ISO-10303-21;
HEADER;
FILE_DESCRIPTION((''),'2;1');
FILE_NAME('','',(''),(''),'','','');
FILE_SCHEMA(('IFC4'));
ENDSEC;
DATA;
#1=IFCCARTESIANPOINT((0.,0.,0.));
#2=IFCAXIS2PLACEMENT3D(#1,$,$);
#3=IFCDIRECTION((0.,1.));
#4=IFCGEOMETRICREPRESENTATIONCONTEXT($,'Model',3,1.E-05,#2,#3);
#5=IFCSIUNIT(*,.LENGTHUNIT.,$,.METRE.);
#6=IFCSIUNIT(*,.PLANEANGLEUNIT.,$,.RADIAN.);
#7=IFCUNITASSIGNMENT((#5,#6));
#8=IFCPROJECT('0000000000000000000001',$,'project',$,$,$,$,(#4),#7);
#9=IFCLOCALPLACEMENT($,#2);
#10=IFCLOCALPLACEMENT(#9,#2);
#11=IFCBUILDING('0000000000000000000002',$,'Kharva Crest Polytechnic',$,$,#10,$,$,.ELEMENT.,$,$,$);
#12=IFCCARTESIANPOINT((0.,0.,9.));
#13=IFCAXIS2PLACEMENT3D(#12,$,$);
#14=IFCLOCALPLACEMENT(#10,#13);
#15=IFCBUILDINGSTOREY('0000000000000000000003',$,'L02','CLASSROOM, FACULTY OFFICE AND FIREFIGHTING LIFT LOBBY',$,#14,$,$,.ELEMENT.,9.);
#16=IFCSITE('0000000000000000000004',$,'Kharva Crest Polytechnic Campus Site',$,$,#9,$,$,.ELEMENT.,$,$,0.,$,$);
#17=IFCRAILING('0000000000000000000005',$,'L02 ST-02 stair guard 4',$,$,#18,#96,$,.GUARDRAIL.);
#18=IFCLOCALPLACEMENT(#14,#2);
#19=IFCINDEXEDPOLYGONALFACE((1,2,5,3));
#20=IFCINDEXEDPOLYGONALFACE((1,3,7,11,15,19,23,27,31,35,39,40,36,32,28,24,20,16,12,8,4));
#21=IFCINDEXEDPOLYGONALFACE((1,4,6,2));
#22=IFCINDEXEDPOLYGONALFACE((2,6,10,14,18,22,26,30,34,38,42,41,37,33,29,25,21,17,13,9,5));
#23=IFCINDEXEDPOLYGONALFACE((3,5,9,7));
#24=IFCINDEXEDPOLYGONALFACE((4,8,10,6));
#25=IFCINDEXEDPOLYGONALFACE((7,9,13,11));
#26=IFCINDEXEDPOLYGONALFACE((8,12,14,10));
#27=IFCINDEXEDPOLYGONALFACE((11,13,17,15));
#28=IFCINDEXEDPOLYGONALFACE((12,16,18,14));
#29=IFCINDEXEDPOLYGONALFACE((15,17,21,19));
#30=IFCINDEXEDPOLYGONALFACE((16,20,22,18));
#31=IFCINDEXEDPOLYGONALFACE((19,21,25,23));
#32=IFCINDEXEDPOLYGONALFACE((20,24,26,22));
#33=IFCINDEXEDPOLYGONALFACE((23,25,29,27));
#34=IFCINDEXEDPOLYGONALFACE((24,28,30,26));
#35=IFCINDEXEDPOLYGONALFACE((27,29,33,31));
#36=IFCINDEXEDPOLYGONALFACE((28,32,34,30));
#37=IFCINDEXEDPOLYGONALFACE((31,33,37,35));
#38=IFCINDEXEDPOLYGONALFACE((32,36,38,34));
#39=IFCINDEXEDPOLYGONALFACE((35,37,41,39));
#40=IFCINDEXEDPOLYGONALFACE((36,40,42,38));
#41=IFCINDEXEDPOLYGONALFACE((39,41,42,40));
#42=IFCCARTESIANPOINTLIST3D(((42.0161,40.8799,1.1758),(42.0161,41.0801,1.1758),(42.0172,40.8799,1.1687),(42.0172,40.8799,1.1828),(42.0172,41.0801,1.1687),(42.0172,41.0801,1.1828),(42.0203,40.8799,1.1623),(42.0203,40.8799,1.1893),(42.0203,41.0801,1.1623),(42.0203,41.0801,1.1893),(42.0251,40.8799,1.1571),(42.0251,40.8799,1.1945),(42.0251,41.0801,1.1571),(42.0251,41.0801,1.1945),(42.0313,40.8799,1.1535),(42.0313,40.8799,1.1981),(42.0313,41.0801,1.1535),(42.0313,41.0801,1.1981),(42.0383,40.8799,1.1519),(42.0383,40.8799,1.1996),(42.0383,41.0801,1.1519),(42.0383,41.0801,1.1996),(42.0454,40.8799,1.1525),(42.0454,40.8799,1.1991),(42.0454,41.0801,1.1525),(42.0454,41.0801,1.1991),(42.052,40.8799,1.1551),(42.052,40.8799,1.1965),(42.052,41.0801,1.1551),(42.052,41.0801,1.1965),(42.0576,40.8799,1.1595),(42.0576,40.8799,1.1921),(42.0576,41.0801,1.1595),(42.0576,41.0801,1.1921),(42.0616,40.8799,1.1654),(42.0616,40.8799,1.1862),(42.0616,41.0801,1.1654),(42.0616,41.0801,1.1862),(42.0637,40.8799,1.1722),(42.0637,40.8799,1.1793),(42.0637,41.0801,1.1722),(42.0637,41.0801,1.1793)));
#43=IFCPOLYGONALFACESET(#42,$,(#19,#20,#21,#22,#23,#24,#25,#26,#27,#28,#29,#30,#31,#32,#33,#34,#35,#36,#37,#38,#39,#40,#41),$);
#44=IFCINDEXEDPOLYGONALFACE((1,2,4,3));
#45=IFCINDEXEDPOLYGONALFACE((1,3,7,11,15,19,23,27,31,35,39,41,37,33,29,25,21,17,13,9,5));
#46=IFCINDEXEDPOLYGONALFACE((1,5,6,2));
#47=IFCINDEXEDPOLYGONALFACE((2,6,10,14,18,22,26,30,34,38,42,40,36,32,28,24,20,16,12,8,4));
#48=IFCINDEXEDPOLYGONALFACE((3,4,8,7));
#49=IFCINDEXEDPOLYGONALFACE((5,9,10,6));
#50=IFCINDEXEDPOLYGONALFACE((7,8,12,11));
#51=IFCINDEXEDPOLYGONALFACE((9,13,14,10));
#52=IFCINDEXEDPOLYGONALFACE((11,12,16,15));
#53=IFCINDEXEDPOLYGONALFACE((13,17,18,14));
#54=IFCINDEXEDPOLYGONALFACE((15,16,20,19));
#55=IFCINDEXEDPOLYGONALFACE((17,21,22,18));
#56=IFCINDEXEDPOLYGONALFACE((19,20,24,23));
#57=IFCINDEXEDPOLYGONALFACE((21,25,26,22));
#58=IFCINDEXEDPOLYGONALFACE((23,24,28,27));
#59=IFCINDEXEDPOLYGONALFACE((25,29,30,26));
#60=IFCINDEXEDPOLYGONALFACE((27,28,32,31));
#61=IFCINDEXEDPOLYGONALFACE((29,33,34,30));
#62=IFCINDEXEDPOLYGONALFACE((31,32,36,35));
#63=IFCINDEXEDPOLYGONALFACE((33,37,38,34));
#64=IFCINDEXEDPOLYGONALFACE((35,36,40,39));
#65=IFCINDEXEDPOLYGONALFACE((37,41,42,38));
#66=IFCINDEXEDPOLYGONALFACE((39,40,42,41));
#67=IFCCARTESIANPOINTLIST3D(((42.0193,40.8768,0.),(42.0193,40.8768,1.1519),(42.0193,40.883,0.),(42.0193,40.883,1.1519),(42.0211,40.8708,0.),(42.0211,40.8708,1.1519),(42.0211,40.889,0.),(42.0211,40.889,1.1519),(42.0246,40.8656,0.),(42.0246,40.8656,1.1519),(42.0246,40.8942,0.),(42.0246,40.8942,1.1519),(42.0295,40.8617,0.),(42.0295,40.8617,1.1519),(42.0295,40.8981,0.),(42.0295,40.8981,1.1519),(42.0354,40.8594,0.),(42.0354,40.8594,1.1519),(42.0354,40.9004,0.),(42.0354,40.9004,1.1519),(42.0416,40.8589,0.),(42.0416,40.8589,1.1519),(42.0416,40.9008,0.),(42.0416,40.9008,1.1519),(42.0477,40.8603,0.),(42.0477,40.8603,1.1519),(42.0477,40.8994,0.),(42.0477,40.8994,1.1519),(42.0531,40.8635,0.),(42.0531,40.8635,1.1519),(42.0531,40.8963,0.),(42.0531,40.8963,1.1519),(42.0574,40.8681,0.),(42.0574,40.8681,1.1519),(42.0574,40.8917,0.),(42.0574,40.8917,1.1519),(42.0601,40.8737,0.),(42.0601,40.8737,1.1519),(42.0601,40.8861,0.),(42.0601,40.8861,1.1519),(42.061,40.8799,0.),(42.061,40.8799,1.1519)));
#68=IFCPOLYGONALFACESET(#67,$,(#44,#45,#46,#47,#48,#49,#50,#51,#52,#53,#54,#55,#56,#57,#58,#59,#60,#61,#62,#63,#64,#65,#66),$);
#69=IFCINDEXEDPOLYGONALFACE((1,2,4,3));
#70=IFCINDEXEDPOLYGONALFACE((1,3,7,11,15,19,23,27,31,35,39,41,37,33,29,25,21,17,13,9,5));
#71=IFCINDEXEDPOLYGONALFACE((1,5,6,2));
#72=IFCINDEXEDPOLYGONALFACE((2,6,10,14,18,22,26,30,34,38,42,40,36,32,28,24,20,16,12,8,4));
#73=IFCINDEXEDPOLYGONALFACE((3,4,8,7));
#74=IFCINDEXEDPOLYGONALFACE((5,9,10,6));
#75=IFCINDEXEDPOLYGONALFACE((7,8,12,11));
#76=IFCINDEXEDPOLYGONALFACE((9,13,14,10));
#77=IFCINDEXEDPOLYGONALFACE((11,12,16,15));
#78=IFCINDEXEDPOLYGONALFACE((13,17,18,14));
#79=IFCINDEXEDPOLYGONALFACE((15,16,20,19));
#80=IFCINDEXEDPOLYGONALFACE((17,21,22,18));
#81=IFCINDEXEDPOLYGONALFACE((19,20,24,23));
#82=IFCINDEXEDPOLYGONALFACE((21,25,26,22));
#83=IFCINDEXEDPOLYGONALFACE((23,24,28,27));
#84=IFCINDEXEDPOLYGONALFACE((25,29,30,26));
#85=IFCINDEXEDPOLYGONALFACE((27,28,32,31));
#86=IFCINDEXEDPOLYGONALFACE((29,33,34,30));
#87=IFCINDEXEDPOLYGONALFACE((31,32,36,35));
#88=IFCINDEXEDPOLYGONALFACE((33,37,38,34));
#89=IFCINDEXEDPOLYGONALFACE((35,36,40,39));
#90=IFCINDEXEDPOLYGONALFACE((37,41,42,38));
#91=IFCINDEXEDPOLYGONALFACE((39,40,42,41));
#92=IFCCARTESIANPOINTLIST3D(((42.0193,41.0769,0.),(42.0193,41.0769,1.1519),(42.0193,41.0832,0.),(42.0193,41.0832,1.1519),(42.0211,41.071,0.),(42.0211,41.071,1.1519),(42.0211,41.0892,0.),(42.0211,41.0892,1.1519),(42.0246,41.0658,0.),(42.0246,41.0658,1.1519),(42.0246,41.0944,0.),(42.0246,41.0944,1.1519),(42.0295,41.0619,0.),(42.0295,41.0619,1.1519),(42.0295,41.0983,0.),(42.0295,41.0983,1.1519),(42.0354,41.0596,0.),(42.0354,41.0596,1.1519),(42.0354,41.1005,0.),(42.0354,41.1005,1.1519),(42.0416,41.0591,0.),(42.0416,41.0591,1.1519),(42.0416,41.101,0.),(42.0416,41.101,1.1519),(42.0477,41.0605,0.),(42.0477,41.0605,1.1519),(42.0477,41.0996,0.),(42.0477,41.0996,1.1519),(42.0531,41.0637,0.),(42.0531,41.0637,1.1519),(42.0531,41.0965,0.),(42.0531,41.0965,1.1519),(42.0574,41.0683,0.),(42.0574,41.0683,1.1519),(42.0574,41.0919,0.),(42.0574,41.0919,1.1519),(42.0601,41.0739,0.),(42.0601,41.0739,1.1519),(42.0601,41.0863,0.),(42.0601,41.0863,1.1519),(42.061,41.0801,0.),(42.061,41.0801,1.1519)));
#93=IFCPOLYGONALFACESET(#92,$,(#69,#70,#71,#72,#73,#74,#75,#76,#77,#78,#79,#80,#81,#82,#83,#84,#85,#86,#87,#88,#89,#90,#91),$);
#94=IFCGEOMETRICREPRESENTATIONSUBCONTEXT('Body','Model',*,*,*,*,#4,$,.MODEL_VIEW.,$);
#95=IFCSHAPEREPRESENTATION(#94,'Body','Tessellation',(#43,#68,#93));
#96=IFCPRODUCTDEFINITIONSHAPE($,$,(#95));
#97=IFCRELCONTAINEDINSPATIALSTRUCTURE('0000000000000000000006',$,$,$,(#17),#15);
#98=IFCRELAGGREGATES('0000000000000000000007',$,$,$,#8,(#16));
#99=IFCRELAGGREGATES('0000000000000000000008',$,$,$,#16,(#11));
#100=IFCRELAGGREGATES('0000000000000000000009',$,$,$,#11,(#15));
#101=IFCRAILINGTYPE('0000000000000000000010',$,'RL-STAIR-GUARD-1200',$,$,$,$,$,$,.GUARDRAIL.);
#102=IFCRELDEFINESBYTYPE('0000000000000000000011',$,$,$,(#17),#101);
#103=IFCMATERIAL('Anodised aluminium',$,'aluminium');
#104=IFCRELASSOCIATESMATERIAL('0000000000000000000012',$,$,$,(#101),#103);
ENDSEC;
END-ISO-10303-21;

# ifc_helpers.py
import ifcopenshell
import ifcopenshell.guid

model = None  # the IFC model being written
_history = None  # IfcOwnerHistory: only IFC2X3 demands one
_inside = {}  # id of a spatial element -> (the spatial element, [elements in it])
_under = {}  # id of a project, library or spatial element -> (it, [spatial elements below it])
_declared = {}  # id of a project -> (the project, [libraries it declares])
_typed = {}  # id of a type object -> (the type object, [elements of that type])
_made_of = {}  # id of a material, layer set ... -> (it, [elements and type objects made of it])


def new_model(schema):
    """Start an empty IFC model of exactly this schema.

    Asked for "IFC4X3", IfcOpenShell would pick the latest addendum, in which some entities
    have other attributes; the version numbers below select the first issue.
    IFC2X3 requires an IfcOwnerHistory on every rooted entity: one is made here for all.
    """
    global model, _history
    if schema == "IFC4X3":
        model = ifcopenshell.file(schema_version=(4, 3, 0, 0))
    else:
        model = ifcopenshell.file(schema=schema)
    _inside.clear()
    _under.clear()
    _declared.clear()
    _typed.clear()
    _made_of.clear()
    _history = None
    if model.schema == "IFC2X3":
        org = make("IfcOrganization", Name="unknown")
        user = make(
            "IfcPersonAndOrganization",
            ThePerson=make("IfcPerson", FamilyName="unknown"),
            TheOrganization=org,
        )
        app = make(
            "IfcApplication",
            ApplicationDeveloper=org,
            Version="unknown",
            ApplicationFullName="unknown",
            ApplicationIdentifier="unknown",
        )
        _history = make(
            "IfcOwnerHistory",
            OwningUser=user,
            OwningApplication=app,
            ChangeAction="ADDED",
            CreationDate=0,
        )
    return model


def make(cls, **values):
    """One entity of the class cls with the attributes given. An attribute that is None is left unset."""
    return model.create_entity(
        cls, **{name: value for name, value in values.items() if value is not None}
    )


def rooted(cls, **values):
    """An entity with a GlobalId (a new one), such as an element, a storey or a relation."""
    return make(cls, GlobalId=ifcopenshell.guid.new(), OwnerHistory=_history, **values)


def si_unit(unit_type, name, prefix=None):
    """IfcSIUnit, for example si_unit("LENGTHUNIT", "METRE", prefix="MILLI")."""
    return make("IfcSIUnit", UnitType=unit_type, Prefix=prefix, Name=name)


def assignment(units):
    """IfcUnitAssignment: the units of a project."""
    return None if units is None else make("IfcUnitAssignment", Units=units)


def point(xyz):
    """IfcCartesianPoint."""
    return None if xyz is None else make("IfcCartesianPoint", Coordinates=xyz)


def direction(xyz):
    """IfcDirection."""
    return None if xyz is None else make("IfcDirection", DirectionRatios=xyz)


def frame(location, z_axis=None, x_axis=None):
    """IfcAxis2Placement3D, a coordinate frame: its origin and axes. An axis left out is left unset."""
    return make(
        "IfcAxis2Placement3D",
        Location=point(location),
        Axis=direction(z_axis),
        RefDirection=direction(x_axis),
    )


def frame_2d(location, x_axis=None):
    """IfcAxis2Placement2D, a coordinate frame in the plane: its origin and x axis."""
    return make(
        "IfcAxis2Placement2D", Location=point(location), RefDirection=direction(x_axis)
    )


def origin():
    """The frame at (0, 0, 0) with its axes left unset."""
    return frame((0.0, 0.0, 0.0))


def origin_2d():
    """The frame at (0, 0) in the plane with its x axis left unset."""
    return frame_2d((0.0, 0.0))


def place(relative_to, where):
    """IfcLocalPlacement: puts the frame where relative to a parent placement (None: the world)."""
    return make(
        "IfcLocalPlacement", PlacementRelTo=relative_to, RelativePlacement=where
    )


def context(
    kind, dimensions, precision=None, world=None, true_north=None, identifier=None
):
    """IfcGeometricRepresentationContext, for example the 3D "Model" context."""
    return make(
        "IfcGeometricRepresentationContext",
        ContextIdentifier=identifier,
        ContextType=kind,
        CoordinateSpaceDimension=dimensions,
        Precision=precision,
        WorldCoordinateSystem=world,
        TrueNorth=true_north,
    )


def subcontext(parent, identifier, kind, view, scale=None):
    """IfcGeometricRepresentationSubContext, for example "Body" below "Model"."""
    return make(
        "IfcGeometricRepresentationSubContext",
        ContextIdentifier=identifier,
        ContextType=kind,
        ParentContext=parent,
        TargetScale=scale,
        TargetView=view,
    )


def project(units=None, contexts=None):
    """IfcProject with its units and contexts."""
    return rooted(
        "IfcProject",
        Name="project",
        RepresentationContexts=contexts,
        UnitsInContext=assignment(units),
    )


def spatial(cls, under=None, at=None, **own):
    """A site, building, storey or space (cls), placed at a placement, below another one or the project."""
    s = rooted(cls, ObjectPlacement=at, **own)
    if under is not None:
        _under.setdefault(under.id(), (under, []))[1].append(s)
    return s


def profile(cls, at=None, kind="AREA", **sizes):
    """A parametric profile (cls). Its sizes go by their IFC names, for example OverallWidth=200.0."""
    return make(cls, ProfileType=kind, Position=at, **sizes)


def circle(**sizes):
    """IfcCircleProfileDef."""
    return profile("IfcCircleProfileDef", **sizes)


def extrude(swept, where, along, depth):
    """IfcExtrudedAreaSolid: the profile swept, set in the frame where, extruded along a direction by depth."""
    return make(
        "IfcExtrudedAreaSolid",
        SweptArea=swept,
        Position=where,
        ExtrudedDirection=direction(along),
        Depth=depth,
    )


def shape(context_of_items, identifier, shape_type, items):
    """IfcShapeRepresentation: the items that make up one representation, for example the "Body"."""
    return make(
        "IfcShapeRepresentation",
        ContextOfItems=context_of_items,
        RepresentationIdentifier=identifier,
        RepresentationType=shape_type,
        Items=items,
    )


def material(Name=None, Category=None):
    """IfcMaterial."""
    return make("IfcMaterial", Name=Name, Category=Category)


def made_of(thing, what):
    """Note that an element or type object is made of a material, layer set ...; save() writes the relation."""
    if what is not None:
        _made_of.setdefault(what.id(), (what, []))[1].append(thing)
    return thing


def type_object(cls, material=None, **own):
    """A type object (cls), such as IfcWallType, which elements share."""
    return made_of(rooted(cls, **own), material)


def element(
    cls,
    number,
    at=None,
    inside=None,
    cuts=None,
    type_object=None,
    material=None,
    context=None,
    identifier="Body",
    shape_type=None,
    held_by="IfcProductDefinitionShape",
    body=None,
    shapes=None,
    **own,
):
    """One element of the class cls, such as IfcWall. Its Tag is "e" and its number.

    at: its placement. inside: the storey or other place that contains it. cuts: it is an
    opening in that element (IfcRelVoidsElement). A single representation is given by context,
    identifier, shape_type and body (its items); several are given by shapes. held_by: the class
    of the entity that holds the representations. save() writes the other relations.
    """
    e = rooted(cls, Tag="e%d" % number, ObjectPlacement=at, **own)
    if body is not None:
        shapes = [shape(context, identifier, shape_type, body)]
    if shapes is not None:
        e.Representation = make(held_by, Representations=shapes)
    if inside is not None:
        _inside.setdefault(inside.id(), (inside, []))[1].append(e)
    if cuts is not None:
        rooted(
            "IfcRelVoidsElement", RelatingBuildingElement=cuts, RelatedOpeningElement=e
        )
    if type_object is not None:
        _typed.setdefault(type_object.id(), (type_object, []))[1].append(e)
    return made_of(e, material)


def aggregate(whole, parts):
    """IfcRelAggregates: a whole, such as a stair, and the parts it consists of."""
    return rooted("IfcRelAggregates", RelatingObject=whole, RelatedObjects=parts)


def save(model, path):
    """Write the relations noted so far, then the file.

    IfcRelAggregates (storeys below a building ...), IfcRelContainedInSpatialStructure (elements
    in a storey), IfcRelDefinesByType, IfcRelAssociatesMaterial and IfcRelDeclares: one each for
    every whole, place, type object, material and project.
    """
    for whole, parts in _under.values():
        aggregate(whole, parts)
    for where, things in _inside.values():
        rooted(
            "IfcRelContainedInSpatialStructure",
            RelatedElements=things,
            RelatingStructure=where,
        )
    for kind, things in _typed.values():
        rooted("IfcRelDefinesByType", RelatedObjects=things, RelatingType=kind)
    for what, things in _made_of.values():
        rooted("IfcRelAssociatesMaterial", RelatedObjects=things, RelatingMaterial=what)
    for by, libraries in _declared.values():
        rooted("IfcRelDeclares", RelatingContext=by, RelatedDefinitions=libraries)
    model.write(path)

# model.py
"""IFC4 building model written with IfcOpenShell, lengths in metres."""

from ifc_helpers import new_model, si_unit, direction, frame, origin, origin_2d, place, context, subcontext, project, spatial, circle, extrude, material, type_object, element, save


model = new_model("IFC4")

# Units and contexts
model_context = context("Model", 3, precision=1e-05, world=origin(), true_north=direction((0.0, 1.0)))
body_context = subcontext(model_context, "Body", "Model", "MODEL_VIEW")
ifc_project = project(units=[si_unit("LENGTHUNIT", "METRE"), si_unit("PLANEANGLEUNIT", "RADIAN")], contexts=[model_context])

# Site, building, storey
site_placement = place(None, origin())
site = spatial("IfcSite", under=ifc_project, at=site_placement, Name="Kharva Crest Polytechnic Campus Site", CompositionType="ELEMENT", RefElevation=0.0)
building_placement = place(site_placement, origin())
building = spatial("IfcBuilding", under=site, at=building_placement, Name="Kharva Crest Polytechnic", CompositionType="ELEMENT")
storey_placement = place(building_placement, frame((0.0, 0.0, 9.0)))
storey = spatial("IfcBuildingStorey", under=building, at=storey_placement, Name="L02", Description="CLASSROOM, FACULTY OFFICE AND FIREFIGHTING LIFT LOBBY", CompositionType="ELEMENT", Elevation=9.0)

# Shared definitions
ifc_material_1 = material(Name="Anodised aluminium", Category="aluminium")

# Railing
railing_type_1 = type_object("IfcRailingType", Name="RL-STAIR-GUARD-1200", PredefinedType="GUARDRAIL", material=ifc_material_1)
railing_1_placement = place(storey_placement, frame((42.04, 40.8799, 0.0)))
element("IfcRailing", 1, at=railing_1_placement, inside=storey, type_object=railing_type_1, Name="L02 ST-02 stair guard 4", PredefinedType="GUARDRAIL", context=body_context, shape_type="SweptSolid", body=[
    extrude(circle(Radius=0.0239, at=origin_2d()), frame((0.0, 0.0, 1.1758), z_axis=(0.0, 1.0, 0.0), x_axis=(-1.0, 0.0, 0.0)), (0.0, 0.0, 1.0), 0.2002),
    extrude(circle(Radius=0.021, at=origin_2d()), origin(), (0.0, 0.0, 1.0), 1.1519),
    extrude(circle(Radius=0.021, at=origin_2d()), frame((0.0, 0.2002, 0.0)), (0.0, 0.0, 1.0), 1.1519),
])

save(model, "model.ifc")
